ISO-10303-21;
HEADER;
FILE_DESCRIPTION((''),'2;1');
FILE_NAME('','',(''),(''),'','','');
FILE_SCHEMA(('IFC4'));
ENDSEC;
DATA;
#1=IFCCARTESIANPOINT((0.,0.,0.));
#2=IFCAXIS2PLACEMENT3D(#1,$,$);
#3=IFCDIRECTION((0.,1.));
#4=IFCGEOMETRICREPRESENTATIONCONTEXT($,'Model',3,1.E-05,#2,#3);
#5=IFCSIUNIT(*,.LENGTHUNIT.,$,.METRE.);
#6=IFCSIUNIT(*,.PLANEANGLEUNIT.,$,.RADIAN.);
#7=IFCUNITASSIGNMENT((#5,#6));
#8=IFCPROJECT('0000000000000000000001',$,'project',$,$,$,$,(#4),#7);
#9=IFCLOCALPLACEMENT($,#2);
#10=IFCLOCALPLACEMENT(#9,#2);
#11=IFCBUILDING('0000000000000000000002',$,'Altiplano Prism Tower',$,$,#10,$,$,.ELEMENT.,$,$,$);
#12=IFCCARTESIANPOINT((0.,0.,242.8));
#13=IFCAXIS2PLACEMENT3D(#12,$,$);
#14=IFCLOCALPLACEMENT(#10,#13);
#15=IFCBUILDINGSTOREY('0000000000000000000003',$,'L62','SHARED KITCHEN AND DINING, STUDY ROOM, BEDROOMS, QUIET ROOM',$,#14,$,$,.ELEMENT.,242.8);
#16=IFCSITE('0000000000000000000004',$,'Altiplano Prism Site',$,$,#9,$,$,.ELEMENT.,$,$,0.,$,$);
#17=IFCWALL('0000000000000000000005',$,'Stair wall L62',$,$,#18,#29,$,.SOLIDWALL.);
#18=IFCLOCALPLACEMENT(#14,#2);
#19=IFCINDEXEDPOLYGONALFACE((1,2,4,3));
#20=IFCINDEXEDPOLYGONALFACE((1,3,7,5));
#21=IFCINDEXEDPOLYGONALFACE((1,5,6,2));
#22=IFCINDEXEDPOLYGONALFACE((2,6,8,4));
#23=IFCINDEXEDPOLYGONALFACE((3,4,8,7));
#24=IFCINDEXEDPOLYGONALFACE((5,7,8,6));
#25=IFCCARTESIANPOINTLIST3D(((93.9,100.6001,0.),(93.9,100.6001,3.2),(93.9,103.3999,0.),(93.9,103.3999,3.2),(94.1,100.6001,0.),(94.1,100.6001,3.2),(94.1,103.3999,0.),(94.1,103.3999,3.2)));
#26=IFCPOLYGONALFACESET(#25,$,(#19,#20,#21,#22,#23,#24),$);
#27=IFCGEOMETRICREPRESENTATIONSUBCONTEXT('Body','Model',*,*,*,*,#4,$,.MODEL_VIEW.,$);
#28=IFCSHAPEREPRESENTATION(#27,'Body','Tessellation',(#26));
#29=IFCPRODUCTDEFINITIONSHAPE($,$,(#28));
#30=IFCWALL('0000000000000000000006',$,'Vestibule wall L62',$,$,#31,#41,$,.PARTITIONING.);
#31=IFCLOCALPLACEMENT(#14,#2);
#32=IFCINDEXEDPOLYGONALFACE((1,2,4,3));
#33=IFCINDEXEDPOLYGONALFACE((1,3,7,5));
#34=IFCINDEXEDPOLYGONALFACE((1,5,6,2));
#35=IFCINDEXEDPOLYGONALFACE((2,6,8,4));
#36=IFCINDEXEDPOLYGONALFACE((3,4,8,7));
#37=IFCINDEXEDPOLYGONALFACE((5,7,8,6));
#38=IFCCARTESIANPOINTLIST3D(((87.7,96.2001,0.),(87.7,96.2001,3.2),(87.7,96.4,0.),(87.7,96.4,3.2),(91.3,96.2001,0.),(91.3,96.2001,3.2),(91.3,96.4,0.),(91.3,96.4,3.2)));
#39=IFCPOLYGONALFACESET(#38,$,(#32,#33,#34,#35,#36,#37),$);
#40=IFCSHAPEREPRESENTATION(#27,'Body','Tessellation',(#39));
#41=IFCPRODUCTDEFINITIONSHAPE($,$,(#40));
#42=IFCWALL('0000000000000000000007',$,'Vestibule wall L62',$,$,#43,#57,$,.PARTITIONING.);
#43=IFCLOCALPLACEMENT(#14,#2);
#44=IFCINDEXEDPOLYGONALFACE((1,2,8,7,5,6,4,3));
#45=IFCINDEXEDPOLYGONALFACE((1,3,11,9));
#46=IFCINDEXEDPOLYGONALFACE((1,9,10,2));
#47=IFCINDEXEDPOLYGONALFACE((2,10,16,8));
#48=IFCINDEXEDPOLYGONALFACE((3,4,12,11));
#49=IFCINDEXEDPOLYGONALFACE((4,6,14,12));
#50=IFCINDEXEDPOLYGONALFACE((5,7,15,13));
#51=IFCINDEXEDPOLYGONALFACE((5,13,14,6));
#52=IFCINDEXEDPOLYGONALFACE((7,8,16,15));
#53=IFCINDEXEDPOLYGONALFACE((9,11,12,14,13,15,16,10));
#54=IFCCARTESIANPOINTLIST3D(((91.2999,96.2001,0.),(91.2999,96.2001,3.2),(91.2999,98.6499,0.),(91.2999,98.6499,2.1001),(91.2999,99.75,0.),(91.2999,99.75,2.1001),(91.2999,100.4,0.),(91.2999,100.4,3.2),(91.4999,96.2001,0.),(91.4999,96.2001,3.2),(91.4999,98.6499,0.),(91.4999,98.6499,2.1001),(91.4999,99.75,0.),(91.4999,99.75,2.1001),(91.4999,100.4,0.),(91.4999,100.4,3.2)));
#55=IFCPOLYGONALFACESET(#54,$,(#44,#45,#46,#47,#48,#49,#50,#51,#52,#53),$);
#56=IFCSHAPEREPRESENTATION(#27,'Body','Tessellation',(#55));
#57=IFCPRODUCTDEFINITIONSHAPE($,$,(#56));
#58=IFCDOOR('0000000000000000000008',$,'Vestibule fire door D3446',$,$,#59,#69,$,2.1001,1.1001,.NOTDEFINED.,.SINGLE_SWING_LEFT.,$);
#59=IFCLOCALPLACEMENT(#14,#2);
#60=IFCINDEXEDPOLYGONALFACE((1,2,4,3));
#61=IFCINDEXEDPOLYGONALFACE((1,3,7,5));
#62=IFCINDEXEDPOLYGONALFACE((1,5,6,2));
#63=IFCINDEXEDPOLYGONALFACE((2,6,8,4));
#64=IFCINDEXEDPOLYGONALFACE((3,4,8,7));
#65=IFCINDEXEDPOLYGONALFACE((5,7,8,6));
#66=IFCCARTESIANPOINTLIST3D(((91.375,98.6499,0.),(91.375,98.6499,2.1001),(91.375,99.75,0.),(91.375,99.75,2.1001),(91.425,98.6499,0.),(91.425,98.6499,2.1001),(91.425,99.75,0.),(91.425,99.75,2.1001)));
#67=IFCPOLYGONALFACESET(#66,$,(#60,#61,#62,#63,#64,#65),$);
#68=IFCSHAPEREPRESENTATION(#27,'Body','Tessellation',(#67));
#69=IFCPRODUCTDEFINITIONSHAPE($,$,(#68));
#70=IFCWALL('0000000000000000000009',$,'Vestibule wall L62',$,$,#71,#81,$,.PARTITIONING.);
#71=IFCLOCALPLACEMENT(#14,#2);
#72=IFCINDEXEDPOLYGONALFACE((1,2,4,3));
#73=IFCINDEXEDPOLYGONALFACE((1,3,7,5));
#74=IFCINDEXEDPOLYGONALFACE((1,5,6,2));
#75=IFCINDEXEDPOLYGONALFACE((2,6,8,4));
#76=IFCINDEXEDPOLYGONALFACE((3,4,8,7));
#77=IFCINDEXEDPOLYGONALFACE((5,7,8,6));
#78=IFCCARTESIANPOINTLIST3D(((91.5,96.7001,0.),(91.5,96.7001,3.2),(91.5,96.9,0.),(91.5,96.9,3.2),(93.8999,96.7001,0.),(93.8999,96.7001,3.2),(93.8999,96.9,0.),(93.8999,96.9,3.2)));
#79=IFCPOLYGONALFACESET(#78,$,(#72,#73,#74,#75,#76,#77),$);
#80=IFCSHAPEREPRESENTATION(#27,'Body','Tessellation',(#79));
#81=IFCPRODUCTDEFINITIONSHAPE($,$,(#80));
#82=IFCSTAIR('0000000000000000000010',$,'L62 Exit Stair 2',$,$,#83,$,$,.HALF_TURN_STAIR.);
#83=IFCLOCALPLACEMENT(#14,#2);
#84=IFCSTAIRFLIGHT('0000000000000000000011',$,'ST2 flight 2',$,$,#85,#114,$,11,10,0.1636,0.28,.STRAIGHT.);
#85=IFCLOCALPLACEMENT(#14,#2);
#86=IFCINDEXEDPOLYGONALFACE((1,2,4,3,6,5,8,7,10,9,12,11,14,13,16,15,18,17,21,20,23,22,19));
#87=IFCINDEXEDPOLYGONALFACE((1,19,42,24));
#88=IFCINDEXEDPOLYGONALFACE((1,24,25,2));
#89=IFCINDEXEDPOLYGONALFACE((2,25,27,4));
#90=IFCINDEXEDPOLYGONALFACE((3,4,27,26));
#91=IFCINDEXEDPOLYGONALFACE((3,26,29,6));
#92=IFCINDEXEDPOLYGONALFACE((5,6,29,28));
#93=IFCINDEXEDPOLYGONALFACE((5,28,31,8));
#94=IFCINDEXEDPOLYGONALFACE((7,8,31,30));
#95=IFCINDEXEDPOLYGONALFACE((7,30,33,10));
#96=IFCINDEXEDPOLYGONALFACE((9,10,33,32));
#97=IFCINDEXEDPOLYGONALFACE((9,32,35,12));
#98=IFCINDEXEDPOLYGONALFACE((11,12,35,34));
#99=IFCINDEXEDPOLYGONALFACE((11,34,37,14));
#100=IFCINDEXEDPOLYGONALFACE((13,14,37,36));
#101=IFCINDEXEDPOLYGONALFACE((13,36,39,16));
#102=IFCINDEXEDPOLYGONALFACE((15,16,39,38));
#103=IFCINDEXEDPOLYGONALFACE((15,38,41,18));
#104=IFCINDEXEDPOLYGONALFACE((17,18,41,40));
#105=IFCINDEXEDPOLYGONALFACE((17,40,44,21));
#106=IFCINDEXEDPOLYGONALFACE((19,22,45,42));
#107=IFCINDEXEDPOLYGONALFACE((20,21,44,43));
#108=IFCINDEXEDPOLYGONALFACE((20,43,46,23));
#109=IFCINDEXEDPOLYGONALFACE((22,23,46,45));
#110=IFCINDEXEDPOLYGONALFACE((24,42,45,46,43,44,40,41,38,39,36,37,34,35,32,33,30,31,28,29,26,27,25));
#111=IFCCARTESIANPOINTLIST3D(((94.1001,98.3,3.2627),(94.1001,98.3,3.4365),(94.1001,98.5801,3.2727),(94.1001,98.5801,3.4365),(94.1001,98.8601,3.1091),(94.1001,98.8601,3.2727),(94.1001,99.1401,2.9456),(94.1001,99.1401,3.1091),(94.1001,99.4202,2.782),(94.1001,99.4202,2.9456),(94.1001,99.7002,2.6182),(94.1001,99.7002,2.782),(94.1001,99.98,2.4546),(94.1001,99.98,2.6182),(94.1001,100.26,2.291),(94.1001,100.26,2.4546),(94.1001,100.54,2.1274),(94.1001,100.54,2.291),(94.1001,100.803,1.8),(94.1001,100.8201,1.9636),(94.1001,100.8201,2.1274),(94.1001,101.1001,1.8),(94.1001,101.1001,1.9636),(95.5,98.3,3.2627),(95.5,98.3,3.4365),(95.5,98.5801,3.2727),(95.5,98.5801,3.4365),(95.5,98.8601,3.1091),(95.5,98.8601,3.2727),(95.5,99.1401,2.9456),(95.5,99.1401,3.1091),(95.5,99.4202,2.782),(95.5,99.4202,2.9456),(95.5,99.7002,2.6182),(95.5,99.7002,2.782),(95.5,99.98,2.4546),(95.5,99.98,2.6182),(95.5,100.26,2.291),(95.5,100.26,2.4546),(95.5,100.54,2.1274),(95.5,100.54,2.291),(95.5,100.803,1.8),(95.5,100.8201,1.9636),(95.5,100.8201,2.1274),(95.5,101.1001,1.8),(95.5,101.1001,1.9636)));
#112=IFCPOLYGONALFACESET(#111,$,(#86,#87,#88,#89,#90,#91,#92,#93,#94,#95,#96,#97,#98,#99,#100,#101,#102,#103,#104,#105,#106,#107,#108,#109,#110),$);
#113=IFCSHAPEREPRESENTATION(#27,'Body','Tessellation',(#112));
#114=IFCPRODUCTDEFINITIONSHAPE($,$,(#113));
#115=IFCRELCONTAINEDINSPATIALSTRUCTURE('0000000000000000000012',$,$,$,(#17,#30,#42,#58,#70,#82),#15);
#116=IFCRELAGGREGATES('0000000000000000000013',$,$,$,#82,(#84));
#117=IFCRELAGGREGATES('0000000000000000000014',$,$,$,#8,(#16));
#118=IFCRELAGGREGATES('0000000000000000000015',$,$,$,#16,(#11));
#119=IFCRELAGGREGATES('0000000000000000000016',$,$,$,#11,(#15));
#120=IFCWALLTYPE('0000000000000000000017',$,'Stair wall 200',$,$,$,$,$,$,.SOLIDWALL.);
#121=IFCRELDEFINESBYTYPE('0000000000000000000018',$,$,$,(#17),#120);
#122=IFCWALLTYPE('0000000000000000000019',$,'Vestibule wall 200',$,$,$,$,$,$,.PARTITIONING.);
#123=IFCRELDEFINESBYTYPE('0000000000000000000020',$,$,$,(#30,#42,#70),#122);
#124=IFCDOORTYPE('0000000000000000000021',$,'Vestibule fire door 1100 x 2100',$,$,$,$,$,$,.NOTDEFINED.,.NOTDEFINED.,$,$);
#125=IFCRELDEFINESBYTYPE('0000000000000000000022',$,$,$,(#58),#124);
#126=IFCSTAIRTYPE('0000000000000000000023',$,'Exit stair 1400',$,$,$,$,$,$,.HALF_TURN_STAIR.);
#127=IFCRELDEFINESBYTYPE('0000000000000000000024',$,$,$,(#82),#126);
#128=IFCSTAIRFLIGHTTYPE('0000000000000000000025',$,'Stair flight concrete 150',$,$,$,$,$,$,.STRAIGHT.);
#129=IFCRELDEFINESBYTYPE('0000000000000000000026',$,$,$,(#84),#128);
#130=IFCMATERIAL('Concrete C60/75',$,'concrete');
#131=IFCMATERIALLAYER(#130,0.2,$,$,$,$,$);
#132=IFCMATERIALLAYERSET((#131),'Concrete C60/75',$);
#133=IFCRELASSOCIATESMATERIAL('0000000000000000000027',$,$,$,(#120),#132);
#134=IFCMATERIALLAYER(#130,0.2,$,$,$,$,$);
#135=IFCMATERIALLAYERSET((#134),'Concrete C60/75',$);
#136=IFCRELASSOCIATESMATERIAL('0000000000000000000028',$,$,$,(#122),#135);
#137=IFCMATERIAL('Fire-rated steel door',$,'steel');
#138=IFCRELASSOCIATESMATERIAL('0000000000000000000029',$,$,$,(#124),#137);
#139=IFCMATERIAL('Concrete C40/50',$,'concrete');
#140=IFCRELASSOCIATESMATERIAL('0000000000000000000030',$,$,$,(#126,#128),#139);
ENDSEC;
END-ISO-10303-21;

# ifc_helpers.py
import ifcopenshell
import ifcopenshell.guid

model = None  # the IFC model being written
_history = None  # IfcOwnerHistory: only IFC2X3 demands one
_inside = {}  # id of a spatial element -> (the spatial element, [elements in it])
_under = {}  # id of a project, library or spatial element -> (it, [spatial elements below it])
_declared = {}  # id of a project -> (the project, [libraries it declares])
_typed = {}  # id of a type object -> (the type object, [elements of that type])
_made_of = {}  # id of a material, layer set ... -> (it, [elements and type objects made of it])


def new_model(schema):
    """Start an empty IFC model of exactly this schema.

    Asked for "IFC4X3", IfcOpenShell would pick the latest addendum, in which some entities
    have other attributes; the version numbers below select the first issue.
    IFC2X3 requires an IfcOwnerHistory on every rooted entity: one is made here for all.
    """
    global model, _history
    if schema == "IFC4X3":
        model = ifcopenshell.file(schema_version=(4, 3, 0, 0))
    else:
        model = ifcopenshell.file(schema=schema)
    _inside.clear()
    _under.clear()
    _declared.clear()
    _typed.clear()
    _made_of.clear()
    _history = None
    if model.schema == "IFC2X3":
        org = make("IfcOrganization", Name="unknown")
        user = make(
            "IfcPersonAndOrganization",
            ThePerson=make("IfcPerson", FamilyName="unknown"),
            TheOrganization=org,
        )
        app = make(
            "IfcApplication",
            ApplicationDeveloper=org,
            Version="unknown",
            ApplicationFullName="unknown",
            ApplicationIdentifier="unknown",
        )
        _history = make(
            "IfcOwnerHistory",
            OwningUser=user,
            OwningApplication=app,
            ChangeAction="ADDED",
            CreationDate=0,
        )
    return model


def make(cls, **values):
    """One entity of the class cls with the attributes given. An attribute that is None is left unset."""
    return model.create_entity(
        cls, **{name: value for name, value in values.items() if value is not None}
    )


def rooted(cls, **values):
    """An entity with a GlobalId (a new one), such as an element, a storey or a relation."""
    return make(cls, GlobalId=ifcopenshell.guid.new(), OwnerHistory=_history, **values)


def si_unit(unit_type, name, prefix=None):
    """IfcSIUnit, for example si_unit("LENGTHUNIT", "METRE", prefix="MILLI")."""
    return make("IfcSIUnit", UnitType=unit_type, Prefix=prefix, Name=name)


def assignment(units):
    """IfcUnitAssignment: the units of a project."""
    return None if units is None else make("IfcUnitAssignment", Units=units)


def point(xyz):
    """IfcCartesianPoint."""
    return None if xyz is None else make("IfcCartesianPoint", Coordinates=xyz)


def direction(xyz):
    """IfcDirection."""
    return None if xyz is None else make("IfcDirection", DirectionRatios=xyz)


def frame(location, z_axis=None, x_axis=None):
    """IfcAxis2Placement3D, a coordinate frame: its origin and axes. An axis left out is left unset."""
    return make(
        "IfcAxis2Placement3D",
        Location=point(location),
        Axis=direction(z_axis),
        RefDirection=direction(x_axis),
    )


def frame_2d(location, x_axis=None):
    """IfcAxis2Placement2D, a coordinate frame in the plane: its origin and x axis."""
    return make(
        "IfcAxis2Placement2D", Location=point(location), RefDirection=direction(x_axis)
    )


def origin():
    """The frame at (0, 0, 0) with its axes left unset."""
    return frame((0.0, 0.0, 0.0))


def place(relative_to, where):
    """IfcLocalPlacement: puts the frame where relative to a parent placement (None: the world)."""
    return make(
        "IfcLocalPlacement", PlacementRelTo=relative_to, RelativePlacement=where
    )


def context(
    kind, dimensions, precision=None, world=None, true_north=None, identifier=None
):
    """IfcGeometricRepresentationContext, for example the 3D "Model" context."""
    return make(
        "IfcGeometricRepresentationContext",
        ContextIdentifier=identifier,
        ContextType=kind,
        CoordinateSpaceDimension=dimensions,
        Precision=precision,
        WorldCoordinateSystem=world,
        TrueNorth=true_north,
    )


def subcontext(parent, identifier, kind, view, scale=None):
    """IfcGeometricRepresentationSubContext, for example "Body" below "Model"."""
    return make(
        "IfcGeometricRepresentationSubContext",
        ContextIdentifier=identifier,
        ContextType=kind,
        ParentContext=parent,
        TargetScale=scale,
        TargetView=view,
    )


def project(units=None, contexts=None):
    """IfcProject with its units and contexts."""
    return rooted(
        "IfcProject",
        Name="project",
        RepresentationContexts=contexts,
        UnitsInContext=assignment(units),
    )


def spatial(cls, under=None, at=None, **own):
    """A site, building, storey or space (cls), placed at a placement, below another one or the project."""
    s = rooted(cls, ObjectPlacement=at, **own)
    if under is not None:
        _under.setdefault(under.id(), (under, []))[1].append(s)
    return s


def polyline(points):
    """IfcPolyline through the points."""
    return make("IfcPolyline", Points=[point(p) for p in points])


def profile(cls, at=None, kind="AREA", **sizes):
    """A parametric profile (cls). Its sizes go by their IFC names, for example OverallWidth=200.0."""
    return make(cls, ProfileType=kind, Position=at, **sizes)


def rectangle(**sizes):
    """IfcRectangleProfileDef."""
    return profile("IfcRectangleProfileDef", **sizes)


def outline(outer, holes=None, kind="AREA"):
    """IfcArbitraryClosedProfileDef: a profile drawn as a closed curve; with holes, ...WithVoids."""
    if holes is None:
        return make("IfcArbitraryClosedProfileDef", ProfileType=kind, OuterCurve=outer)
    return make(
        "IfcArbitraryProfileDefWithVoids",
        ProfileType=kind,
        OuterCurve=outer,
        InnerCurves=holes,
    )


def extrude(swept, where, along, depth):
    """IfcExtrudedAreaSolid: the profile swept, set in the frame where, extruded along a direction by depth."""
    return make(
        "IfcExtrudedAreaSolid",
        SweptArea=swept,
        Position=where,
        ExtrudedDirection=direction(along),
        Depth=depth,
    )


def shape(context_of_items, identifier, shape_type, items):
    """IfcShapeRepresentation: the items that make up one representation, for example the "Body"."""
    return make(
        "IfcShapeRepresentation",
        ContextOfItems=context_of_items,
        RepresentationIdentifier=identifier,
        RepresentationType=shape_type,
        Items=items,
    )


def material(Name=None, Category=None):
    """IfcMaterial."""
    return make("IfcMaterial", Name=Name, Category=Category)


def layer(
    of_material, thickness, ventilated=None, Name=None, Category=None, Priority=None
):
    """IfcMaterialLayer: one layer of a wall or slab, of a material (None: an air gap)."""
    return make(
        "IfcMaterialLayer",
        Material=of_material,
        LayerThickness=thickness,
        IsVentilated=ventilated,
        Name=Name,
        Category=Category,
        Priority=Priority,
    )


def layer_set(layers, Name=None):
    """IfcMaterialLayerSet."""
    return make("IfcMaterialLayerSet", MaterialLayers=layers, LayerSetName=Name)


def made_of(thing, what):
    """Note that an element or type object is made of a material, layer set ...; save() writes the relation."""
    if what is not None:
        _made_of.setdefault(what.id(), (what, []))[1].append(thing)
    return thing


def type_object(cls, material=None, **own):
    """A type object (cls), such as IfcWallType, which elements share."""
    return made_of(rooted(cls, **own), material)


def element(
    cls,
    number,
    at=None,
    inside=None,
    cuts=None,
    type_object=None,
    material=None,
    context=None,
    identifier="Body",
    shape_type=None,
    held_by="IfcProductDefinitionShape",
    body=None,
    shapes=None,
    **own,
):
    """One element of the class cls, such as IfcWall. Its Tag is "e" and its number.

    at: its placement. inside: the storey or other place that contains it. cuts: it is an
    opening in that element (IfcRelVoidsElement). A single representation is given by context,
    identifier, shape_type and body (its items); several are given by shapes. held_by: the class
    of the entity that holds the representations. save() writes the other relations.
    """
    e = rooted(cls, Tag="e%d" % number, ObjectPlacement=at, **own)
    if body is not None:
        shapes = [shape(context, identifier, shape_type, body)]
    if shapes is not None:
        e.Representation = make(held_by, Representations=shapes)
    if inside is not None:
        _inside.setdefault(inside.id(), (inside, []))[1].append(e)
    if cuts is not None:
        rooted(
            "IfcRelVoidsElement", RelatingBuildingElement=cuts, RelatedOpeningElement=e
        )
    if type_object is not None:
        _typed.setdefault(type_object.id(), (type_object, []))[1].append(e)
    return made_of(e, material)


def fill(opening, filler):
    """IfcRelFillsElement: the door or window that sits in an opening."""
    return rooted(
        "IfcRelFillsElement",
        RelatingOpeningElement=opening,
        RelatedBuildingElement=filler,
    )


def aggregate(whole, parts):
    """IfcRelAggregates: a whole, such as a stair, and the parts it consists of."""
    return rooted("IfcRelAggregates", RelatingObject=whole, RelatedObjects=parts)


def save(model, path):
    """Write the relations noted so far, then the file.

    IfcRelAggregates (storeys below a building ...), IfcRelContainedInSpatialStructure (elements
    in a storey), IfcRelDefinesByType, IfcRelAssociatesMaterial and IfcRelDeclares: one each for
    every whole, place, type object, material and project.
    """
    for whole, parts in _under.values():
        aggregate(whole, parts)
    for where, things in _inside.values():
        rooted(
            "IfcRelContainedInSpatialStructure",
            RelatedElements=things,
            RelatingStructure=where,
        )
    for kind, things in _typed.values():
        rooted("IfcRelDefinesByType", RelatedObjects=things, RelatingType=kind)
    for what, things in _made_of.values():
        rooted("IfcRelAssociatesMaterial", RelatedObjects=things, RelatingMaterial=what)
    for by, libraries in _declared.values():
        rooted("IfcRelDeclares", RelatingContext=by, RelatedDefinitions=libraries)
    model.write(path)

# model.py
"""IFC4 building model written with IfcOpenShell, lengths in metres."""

from ifc_helpers import new_model, si_unit, direction, frame, frame_2d, origin, place, context, subcontext, project, spatial, polyline, rectangle, outline, extrude, material, layer, layer_set, type_object, element, fill, aggregate, save


model = new_model("IFC4")

# Units and contexts
model_context = context("Model", 3, precision=1e-05, world=origin(), true_north=direction((0.0, 1.0)))
body_context = subcontext(model_context, "Body", "Model", "MODEL_VIEW")
ifc_project = project(units=[si_unit("LENGTHUNIT", "METRE"), si_unit("PLANEANGLEUNIT", "RADIAN")], contexts=[model_context])

# Site, building, storey
site_placement = place(None, origin())
site = spatial("IfcSite", under=ifc_project, at=site_placement, Name="Altiplano Prism Site", CompositionType="ELEMENT", RefElevation=0.0)
building_placement = place(site_placement, origin())
building = spatial("IfcBuilding", under=site, at=building_placement, Name="Altiplano Prism Tower", CompositionType="ELEMENT")
storey_placement = place(building_placement, frame((0.0, 0.0, 242.8)))
storey = spatial("IfcBuildingStorey", under=building, at=storey_placement, Name="L62", Description="SHARED KITCHEN AND DINING, STUDY ROOM, BEDROOMS, QUIET ROOM", CompositionType="ELEMENT", Elevation=242.8)

# Shared definitions
ifc_material_1 = material(Name="Concrete C60/75", Category="concrete")

# Shared definitions
ifc_layer_1 = layer(ifc_material_1, 0.2)
ifc_layer_set_1 = layer_set([ifc_layer_1], Name="Concrete C60/75")
wall_type_1 = type_object("IfcWallType", Name="Stair wall 200", PredefinedType="SOLIDWALL", material=ifc_layer_set_1)
ifc_material_2 = material(Name="Fire-rated steel door", Category="steel")

# Walls
wall_1_placement = place(storey_placement, frame((94.0, 100.6001, 0.0), z_axis=(0.0, 0.0, 1.0), x_axis=(0.0, 1.0, 0.0)))
element("IfcWall", 1, at=wall_1_placement, inside=storey, type_object=wall_type_1, Name="Stair wall L62", PredefinedType="SOLIDWALL", context=body_context, shape_type="SweptSolid", body=[
    extrude(rectangle(XDim=2.7998, YDim=0.2, at=frame_2d((1.3999, 0.0))), origin(), (0.0, 0.0, 1.0), 3.2),
])
ifc_layer_2 = layer(ifc_material_1, 0.2)
ifc_layer_set_2 = layer_set([ifc_layer_2], Name="Concrete C60/75")
wall_type_2 = type_object("IfcWallType", Name="Vestibule wall 200", PredefinedType="PARTITIONING", material=ifc_layer_set_2)
wall_2_placement = place(storey_placement, frame((87.7, 96.3, 0.0), z_axis=(0.0, 0.0, 1.0), x_axis=(1.0, 0.0, 0.0)))
element("IfcWall", 2, at=wall_2_placement, inside=storey, type_object=wall_type_2, Name="Vestibule wall L62", PredefinedType="PARTITIONING", context=body_context, shape_type="SweptSolid", body=[
    extrude(rectangle(XDim=3.6001, YDim=0.2, at=frame_2d((1.8, 0.0))), origin(), (0.0, 0.0, 1.0), 3.2),
])

# Wall, opening, door
wall_3_placement = place(storey_placement, frame((91.3999, 96.2, 0.0), z_axis=(0.0, 0.0, 1.0), x_axis=(0.0, 1.0, 0.0)))
wall_3 = element("IfcWall", 3, at=wall_3_placement, inside=storey, type_object=wall_type_2, Name="Vestibule wall L62", PredefinedType="PARTITIONING", context=body_context, shape_type="SweptSolid", body=[
    extrude(rectangle(XDim=4.2, YDim=0.2, at=frame_2d((2.1001, 0.0))), origin(), (0.0, 0.0, 1.0), 3.2),
])
opening_1_placement = place(wall_3_placement, frame((2.45, 0.0, 0.0)))
opening_1 = element("IfcOpeningElement", 4, at=opening_1_placement, cuts=wall_3, PredefinedType="OPENING", context=body_context, shape_type="SweptSolid", body=[
    extrude(rectangle(XDim=1.1001, YDim=2.1001, at=frame_2d((0.55, 1.05))), frame((0.0, 0.1104, 0.0), z_axis=(0.0, -1.0, 0.0), x_axis=(1.0, 0.0, 0.0)), (0.0, 0.0, 1.0), 0.2209),
])
door_type_1 = type_object("IfcDoorType", Name="Vestibule fire door 1100 x 2100", OperationType="NOTDEFINED", PredefinedType="NOTDEFINED", material=ifc_material_2)
door_1_placement = place(opening_1_placement, origin())
door_1 = element("IfcDoor", 5, at=door_1_placement, inside=storey, type_object=door_type_1, Name="Vestibule fire door D3446", OperationType="SINGLE_SWING_LEFT", OverallHeight=2.1001, OverallWidth=1.1001, PredefinedType="NOTDEFINED", context=body_context, shape_type="SweptSolid", body=[
    extrude(rectangle(XDim=1.1001, YDim=2.1001, at=frame_2d((0.55, 1.05))), frame((0.0, 0.0249, 0.0), z_axis=(0.0, -1.0, 0.0), x_axis=(1.0, 0.0, 0.0)), (0.0, 0.0, 1.0), 0.05),
])
fill(opening_1, door_1)

# Wall
wall_4_placement = place(storey_placement, frame((91.5, 96.8, 0.0), z_axis=(0.0, 0.0, 1.0), x_axis=(1.0, 0.0, 0.0)))
element("IfcWall", 6, at=wall_4_placement, inside=storey, type_object=wall_type_2, Name="Vestibule wall L62", PredefinedType="PARTITIONING", context=body_context, shape_type="SweptSolid", body=[
    extrude(rectangle(XDim=2.3999, YDim=0.2, at=frame_2d((1.2, 0.0))), origin(), (0.0, 0.0, 1.0), 3.2),
])

# Stair, stair flight
ifc_material_3 = material(Name="Concrete C40/50", Category="concrete")
stair_type = type_object("IfcStairType", Name="Exit stair 1400", PredefinedType="HALF_TURN_STAIR", material=ifc_material_3)
stair_placement = place(storey_placement, origin())
stair = element("IfcStair", 7, at=stair_placement, inside=storey, type_object=stair_type, Name="L62 Exit Stair 2", PredefinedType="HALF_TURN_STAIR")
stair_flight_type = type_object("IfcStairFlightType", Name="Stair flight concrete 150", PredefinedType="STRAIGHT", material=ifc_material_3)
stair_flight_placement = place(storey_placement, frame((94.8, 101.1001, 1.8), z_axis=(0.0, 0.0, 1.0), x_axis=(0.0, -1.0, 0.0)))
stair_flight = element("IfcStairFlight", 8, at=stair_flight_placement, type_object=stair_flight_type, Name="ST2 flight 2", NumberOfRisers=11, NumberOfTreads=10, PredefinedType="STRAIGHT", RiserHeight=0.1636, TreadLength=0.28, context=body_context, shape_type="SweptSolid", body=[
    extrude(outline(polyline([(0.0, 0.0), (0.0, 0.1636), (0.28, 0.1636), (0.28, 0.3274), (0.5601, 0.3274), (0.5601, 0.491), (0.8401, 0.491), (0.8401, 0.6545), (1.1201, 0.6545), (1.1201, 0.8181), (1.3999, 0.8181), (1.3999, 0.9819), (1.6799, 0.9819), (1.6799, 1.1455), (1.96, 1.1455), (1.96, 1.3091), (2.24, 1.3091), (2.24, 1.4727), (2.52, 1.4727), (2.52, 1.6365), (2.8, 1.6365), (2.8, 1.8), (2.8, 1.4626), (0.2971, 0.0), (0.0, 0.0)])), frame((0.0, 0.7, 0.0), z_axis=(0.0, -1.0, 0.0), x_axis=(1.0, 0.0, 0.0)), (0.0, 0.0, 1.0), 1.3999),
])
aggregate(stair, [stair_flight])

save(model, "model.ifc")
